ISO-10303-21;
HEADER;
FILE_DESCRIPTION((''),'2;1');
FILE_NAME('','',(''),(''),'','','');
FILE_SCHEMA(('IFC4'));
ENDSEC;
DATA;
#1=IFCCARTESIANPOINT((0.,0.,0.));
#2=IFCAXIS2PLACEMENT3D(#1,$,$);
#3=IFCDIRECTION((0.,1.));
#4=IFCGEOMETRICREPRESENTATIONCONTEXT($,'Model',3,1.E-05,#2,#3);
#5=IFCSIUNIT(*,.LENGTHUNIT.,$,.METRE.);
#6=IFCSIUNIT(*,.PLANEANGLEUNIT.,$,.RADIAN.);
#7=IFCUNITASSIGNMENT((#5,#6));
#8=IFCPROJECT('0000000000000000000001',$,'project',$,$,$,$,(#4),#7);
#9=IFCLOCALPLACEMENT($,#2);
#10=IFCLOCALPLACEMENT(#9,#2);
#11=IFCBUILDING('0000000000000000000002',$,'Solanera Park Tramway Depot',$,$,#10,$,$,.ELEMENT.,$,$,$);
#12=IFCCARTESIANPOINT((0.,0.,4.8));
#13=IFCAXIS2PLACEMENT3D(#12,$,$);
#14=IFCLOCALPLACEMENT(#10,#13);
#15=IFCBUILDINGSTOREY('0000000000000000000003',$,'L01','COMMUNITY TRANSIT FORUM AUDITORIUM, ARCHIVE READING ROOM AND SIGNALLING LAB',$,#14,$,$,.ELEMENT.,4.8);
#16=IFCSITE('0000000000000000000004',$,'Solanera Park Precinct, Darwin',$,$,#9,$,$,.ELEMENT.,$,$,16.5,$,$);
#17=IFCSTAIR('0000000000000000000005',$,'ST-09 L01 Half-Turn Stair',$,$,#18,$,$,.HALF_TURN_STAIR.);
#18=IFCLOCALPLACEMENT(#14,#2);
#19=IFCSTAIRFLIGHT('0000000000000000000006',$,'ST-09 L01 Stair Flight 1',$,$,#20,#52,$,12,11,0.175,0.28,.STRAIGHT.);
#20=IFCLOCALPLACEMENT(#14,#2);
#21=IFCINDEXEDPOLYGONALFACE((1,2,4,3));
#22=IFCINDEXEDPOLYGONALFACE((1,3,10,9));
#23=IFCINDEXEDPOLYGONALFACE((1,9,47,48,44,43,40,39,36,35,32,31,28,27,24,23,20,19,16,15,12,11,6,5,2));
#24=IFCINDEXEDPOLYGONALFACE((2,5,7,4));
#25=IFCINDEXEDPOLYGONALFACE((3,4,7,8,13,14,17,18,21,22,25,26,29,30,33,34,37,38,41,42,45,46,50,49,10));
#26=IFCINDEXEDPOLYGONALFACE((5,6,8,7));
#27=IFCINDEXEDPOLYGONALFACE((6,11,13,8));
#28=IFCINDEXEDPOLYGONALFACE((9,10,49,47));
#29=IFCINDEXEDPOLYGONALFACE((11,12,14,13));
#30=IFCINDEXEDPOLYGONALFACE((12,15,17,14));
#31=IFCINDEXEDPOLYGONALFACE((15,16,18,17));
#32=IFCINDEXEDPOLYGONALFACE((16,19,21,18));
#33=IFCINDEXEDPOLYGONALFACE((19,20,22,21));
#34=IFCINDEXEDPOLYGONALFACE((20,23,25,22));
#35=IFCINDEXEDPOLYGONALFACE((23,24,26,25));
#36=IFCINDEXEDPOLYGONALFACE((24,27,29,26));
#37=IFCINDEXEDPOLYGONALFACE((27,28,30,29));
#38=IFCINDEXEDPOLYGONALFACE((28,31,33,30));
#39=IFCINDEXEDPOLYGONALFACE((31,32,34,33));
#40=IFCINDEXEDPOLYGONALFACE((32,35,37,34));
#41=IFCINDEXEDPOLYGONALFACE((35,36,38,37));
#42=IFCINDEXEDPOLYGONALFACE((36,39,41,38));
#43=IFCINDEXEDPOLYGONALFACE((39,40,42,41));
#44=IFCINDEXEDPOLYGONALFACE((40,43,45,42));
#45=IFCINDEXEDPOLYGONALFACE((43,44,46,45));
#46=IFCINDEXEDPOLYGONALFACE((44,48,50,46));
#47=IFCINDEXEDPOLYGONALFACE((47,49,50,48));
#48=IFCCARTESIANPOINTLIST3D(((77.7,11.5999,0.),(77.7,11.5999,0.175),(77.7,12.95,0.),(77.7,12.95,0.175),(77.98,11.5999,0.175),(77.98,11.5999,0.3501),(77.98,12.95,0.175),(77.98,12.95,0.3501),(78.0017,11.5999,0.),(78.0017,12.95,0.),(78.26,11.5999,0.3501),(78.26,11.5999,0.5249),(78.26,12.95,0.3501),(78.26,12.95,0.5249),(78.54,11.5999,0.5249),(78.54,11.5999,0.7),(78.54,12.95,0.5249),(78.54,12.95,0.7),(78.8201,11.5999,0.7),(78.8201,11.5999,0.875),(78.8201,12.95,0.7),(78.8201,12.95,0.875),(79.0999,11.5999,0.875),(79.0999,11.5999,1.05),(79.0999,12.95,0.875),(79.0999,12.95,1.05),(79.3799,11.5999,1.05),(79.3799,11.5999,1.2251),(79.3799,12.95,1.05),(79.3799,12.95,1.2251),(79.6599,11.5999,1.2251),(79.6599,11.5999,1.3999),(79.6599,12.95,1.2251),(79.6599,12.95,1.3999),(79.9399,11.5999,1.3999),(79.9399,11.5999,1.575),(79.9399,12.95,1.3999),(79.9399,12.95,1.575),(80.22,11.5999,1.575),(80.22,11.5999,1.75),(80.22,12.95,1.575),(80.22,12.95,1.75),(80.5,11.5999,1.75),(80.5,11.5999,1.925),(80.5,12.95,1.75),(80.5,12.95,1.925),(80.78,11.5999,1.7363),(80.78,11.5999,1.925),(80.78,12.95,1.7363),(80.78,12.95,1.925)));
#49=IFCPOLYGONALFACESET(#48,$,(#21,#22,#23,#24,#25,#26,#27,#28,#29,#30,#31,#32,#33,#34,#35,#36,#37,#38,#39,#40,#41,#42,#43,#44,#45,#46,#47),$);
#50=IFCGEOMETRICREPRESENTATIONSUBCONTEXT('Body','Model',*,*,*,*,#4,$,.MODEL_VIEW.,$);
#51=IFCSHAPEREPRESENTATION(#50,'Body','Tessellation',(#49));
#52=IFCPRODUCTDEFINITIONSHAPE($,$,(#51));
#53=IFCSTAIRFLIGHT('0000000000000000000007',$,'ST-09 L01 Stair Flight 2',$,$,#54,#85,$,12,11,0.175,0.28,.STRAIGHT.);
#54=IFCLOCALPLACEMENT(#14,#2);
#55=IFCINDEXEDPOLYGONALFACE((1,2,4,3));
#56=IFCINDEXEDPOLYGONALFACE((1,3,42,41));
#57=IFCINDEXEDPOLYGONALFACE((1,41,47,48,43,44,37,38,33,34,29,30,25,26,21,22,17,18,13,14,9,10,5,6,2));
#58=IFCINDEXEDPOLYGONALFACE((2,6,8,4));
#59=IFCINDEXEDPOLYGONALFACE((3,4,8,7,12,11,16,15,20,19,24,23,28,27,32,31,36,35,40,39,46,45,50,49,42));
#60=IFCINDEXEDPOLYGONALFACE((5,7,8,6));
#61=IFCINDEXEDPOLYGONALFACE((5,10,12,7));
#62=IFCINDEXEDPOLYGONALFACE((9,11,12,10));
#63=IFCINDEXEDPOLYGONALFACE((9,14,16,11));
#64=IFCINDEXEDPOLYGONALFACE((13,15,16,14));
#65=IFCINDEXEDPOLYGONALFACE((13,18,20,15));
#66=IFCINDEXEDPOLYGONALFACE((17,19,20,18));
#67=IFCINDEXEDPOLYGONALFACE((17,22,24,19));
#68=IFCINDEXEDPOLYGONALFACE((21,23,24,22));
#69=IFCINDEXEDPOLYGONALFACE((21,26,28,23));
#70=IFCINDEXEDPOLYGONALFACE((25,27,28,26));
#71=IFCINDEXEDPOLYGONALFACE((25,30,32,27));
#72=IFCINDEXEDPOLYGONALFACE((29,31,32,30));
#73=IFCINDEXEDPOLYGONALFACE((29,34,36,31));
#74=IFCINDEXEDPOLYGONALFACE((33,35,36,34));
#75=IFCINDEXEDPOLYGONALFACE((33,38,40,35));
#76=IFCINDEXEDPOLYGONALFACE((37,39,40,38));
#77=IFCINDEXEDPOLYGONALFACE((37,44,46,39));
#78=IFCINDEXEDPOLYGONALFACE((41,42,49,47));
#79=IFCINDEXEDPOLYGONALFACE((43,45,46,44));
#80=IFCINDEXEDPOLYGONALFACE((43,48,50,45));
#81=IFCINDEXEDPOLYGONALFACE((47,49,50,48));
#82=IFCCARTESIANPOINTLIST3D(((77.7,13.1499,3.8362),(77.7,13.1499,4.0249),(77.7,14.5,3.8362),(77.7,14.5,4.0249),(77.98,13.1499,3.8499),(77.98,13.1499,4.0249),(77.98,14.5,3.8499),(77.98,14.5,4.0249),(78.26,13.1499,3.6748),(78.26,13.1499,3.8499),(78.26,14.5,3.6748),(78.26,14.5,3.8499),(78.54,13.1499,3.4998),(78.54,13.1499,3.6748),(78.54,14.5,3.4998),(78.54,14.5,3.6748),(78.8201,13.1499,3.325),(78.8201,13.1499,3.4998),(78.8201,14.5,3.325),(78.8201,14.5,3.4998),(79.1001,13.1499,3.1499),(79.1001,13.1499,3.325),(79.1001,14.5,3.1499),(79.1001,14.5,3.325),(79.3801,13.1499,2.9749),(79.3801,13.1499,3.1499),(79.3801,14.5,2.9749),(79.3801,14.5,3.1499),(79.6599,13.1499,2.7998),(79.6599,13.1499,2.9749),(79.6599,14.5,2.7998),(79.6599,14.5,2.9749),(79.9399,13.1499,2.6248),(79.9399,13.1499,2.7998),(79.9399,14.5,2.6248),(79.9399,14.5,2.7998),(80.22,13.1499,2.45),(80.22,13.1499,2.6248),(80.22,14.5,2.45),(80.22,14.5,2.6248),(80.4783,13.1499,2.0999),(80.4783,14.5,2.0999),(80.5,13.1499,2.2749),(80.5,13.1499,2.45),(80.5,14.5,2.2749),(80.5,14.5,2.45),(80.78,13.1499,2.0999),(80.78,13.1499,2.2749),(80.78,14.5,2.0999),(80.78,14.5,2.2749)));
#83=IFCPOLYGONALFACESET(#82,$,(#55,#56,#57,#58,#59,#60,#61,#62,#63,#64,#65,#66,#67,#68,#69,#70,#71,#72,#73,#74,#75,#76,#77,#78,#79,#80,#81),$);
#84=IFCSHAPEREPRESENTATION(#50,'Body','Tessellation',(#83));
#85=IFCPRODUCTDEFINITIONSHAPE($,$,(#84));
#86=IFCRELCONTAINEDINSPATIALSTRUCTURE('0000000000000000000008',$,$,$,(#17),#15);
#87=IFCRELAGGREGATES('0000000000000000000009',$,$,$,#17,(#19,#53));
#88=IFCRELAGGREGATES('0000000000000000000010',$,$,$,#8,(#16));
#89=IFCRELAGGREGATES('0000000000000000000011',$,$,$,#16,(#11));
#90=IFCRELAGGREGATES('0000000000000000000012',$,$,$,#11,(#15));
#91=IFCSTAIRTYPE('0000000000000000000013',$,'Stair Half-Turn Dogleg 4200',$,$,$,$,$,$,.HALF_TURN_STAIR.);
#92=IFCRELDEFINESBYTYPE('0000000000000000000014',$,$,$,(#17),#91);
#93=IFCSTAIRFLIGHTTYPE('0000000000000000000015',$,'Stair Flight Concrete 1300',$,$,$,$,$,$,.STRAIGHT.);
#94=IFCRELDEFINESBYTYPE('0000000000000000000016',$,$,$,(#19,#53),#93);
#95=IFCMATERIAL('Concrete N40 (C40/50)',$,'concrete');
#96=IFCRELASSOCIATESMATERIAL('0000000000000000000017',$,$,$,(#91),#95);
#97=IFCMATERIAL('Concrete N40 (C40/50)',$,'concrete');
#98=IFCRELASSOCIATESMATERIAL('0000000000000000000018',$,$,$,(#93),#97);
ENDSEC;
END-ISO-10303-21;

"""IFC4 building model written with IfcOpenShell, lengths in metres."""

from ifc_helpers import new_model, si_unit, direction, frame, origin, place, context, subcontext, project, spatial, polyline, outline, extrude, material, type_object, element, aggregate, save


model = new_model("IFC4")

# Units and contexts
model_context = context("Model", 3, precision=1e-05, world=origin(), true_north=direction((0.0, 1.0)))
body_context = subcontext(model_context, "Body", "Model", "MODEL_VIEW")
ifc_project = project(units=[si_unit("LENGTHUNIT", "METRE"), si_unit("PLANEANGLEUNIT", "RADIAN")], contexts=[model_context])

# Site, building, storey
site_placement = place(None, origin())
site = spatial("IfcSite", under=ifc_project, at=site_placement, Name="Solanera Park Precinct, Darwin", CompositionType="ELEMENT", RefElevation=16.5)
building_placement = place(site_placement, origin())
building = spatial("IfcBuilding", under=site, at=building_placement, Name="Solanera Park Tramway Depot", CompositionType="ELEMENT")
storey_placement = place(building_placement, frame((0.0, 0.0, 4.8)))
storey = spatial("IfcBuildingStorey", under=building, at=storey_placement, Name="L01", Description="COMMUNITY TRANSIT FORUM AUDITORIUM, ARCHIVE READING ROOM AND SIGNALLING LAB", CompositionType="ELEMENT", Elevation=4.8)

# Stair, stair flights
ifc_material_1 = material(Name="Concrete N40 (C40/50)", Category="concrete")
stair_type = type_object("IfcStairType", Name="Stair Half-Turn Dogleg 4200", PredefinedType="HALF_TURN_STAIR", material=ifc_material_1)
stair_placement = place(storey_placement, origin())
stair = element("IfcStair", 1, at=stair_placement, inside=storey, type_object=stair_type, Name="ST-09 L01 Half-Turn Stair", PredefinedType="HALF_TURN_STAIR")
ifc_material_2 = material(Name="Concrete N40 (C40/50)", Category="concrete")
stair_flight_type = type_object("IfcStairFlightType", Name="Stair Flight Concrete 1300", PredefinedType="STRAIGHT", material=ifc_material_2)
stair_flight_1_placement = place(storey_placement, frame((77.7, 12.2749, 0.0), z_axis=(0.0, 0.0, 1.0), x_axis=(1.0, 0.0, 0.0)))
stair_flight_1 = element("IfcStairFlight", 2, at=stair_flight_1_placement, type_object=stair_flight_type, Name="ST-09 L01 Stair Flight 1", NumberOfRisers=12, NumberOfTreads=11, PredefinedType="STRAIGHT", RiserHeight=0.175, TreadLength=0.28, context=body_context, shape_type="SweptSolid", body=[
    extrude(outline(polyline([(0.0, 0.0), (0.0, 0.175), (0.28, 0.175), (0.28, 0.3501), (0.5601, 0.3501), (0.5601, 0.5249), (0.8401, 0.5249), (0.8401, 0.7), (1.1201, 0.7), (1.1201, 0.875), (1.3999, 0.875), (1.3999, 1.05), (1.6799, 1.05), (1.6799, 1.2251), (1.96, 1.2251), (1.96, 1.3999), (2.24, 1.3999), (2.24, 1.575), (2.52, 1.575), (2.52, 1.75), (2.8, 1.75), (2.8, 1.925), (3.0801, 1.925), (3.0801, 2.1001), (3.0801, 1.7363), (0.3018, 0.0), (0.0, 0.0)])), frame((0.0, 0.675, 0.0), z_axis=(0.0, -1.0, 0.0), x_axis=(1.0, 0.0, 0.0)), (0.0, 0.0, 1.0), 1.3501),
])
stair_flight_2_placement = place(storey_placement, frame((80.78, 13.825, 2.0999), z_axis=(0.0, 0.0, 1.0), x_axis=(-1.0, 0.0, 0.0)))
stair_flight_2 = element("IfcStairFlight", 3, at=stair_flight_2_placement, type_object=stair_flight_type, Name="ST-09 L01 Stair Flight 2", NumberOfRisers=12, NumberOfTreads=11, PredefinedType="STRAIGHT", RiserHeight=0.175, TreadLength=0.28, context=body_context, shape_type="SweptSolid", body=[
    extrude(outline(polyline([(0.0, 0.0), (0.0, 0.175), (0.28, 0.175), (0.28, 0.3501), (0.5601, 0.3501), (0.5601, 0.5249), (0.8401, 0.5249), (0.8401, 0.7), (1.1201, 0.7), (1.1201, 0.875), (1.3999, 0.875), (1.3999, 1.05), (1.6799, 1.05), (1.6799, 1.2251), (1.96, 1.2251), (1.96, 1.3999), (2.24, 1.3999), (2.24, 1.575), (2.52, 1.575), (2.52, 1.75), (2.8, 1.75), (2.8, 1.925), (3.0801, 1.925), (3.0801, 2.1001), (3.0801, 1.7363), (0.3018, 0.0), (0.0, 0.0)])), frame((0.0, 0.675, 0.0), z_axis=(0.0, -1.0, 0.0), x_axis=(1.0, 0.0, 0.0)), (0.0, 0.0, 1.0), 1.3501),
])
aggregate(stair, [stair_flight_1, stair_flight_2])

save(model, "model.ifc")
